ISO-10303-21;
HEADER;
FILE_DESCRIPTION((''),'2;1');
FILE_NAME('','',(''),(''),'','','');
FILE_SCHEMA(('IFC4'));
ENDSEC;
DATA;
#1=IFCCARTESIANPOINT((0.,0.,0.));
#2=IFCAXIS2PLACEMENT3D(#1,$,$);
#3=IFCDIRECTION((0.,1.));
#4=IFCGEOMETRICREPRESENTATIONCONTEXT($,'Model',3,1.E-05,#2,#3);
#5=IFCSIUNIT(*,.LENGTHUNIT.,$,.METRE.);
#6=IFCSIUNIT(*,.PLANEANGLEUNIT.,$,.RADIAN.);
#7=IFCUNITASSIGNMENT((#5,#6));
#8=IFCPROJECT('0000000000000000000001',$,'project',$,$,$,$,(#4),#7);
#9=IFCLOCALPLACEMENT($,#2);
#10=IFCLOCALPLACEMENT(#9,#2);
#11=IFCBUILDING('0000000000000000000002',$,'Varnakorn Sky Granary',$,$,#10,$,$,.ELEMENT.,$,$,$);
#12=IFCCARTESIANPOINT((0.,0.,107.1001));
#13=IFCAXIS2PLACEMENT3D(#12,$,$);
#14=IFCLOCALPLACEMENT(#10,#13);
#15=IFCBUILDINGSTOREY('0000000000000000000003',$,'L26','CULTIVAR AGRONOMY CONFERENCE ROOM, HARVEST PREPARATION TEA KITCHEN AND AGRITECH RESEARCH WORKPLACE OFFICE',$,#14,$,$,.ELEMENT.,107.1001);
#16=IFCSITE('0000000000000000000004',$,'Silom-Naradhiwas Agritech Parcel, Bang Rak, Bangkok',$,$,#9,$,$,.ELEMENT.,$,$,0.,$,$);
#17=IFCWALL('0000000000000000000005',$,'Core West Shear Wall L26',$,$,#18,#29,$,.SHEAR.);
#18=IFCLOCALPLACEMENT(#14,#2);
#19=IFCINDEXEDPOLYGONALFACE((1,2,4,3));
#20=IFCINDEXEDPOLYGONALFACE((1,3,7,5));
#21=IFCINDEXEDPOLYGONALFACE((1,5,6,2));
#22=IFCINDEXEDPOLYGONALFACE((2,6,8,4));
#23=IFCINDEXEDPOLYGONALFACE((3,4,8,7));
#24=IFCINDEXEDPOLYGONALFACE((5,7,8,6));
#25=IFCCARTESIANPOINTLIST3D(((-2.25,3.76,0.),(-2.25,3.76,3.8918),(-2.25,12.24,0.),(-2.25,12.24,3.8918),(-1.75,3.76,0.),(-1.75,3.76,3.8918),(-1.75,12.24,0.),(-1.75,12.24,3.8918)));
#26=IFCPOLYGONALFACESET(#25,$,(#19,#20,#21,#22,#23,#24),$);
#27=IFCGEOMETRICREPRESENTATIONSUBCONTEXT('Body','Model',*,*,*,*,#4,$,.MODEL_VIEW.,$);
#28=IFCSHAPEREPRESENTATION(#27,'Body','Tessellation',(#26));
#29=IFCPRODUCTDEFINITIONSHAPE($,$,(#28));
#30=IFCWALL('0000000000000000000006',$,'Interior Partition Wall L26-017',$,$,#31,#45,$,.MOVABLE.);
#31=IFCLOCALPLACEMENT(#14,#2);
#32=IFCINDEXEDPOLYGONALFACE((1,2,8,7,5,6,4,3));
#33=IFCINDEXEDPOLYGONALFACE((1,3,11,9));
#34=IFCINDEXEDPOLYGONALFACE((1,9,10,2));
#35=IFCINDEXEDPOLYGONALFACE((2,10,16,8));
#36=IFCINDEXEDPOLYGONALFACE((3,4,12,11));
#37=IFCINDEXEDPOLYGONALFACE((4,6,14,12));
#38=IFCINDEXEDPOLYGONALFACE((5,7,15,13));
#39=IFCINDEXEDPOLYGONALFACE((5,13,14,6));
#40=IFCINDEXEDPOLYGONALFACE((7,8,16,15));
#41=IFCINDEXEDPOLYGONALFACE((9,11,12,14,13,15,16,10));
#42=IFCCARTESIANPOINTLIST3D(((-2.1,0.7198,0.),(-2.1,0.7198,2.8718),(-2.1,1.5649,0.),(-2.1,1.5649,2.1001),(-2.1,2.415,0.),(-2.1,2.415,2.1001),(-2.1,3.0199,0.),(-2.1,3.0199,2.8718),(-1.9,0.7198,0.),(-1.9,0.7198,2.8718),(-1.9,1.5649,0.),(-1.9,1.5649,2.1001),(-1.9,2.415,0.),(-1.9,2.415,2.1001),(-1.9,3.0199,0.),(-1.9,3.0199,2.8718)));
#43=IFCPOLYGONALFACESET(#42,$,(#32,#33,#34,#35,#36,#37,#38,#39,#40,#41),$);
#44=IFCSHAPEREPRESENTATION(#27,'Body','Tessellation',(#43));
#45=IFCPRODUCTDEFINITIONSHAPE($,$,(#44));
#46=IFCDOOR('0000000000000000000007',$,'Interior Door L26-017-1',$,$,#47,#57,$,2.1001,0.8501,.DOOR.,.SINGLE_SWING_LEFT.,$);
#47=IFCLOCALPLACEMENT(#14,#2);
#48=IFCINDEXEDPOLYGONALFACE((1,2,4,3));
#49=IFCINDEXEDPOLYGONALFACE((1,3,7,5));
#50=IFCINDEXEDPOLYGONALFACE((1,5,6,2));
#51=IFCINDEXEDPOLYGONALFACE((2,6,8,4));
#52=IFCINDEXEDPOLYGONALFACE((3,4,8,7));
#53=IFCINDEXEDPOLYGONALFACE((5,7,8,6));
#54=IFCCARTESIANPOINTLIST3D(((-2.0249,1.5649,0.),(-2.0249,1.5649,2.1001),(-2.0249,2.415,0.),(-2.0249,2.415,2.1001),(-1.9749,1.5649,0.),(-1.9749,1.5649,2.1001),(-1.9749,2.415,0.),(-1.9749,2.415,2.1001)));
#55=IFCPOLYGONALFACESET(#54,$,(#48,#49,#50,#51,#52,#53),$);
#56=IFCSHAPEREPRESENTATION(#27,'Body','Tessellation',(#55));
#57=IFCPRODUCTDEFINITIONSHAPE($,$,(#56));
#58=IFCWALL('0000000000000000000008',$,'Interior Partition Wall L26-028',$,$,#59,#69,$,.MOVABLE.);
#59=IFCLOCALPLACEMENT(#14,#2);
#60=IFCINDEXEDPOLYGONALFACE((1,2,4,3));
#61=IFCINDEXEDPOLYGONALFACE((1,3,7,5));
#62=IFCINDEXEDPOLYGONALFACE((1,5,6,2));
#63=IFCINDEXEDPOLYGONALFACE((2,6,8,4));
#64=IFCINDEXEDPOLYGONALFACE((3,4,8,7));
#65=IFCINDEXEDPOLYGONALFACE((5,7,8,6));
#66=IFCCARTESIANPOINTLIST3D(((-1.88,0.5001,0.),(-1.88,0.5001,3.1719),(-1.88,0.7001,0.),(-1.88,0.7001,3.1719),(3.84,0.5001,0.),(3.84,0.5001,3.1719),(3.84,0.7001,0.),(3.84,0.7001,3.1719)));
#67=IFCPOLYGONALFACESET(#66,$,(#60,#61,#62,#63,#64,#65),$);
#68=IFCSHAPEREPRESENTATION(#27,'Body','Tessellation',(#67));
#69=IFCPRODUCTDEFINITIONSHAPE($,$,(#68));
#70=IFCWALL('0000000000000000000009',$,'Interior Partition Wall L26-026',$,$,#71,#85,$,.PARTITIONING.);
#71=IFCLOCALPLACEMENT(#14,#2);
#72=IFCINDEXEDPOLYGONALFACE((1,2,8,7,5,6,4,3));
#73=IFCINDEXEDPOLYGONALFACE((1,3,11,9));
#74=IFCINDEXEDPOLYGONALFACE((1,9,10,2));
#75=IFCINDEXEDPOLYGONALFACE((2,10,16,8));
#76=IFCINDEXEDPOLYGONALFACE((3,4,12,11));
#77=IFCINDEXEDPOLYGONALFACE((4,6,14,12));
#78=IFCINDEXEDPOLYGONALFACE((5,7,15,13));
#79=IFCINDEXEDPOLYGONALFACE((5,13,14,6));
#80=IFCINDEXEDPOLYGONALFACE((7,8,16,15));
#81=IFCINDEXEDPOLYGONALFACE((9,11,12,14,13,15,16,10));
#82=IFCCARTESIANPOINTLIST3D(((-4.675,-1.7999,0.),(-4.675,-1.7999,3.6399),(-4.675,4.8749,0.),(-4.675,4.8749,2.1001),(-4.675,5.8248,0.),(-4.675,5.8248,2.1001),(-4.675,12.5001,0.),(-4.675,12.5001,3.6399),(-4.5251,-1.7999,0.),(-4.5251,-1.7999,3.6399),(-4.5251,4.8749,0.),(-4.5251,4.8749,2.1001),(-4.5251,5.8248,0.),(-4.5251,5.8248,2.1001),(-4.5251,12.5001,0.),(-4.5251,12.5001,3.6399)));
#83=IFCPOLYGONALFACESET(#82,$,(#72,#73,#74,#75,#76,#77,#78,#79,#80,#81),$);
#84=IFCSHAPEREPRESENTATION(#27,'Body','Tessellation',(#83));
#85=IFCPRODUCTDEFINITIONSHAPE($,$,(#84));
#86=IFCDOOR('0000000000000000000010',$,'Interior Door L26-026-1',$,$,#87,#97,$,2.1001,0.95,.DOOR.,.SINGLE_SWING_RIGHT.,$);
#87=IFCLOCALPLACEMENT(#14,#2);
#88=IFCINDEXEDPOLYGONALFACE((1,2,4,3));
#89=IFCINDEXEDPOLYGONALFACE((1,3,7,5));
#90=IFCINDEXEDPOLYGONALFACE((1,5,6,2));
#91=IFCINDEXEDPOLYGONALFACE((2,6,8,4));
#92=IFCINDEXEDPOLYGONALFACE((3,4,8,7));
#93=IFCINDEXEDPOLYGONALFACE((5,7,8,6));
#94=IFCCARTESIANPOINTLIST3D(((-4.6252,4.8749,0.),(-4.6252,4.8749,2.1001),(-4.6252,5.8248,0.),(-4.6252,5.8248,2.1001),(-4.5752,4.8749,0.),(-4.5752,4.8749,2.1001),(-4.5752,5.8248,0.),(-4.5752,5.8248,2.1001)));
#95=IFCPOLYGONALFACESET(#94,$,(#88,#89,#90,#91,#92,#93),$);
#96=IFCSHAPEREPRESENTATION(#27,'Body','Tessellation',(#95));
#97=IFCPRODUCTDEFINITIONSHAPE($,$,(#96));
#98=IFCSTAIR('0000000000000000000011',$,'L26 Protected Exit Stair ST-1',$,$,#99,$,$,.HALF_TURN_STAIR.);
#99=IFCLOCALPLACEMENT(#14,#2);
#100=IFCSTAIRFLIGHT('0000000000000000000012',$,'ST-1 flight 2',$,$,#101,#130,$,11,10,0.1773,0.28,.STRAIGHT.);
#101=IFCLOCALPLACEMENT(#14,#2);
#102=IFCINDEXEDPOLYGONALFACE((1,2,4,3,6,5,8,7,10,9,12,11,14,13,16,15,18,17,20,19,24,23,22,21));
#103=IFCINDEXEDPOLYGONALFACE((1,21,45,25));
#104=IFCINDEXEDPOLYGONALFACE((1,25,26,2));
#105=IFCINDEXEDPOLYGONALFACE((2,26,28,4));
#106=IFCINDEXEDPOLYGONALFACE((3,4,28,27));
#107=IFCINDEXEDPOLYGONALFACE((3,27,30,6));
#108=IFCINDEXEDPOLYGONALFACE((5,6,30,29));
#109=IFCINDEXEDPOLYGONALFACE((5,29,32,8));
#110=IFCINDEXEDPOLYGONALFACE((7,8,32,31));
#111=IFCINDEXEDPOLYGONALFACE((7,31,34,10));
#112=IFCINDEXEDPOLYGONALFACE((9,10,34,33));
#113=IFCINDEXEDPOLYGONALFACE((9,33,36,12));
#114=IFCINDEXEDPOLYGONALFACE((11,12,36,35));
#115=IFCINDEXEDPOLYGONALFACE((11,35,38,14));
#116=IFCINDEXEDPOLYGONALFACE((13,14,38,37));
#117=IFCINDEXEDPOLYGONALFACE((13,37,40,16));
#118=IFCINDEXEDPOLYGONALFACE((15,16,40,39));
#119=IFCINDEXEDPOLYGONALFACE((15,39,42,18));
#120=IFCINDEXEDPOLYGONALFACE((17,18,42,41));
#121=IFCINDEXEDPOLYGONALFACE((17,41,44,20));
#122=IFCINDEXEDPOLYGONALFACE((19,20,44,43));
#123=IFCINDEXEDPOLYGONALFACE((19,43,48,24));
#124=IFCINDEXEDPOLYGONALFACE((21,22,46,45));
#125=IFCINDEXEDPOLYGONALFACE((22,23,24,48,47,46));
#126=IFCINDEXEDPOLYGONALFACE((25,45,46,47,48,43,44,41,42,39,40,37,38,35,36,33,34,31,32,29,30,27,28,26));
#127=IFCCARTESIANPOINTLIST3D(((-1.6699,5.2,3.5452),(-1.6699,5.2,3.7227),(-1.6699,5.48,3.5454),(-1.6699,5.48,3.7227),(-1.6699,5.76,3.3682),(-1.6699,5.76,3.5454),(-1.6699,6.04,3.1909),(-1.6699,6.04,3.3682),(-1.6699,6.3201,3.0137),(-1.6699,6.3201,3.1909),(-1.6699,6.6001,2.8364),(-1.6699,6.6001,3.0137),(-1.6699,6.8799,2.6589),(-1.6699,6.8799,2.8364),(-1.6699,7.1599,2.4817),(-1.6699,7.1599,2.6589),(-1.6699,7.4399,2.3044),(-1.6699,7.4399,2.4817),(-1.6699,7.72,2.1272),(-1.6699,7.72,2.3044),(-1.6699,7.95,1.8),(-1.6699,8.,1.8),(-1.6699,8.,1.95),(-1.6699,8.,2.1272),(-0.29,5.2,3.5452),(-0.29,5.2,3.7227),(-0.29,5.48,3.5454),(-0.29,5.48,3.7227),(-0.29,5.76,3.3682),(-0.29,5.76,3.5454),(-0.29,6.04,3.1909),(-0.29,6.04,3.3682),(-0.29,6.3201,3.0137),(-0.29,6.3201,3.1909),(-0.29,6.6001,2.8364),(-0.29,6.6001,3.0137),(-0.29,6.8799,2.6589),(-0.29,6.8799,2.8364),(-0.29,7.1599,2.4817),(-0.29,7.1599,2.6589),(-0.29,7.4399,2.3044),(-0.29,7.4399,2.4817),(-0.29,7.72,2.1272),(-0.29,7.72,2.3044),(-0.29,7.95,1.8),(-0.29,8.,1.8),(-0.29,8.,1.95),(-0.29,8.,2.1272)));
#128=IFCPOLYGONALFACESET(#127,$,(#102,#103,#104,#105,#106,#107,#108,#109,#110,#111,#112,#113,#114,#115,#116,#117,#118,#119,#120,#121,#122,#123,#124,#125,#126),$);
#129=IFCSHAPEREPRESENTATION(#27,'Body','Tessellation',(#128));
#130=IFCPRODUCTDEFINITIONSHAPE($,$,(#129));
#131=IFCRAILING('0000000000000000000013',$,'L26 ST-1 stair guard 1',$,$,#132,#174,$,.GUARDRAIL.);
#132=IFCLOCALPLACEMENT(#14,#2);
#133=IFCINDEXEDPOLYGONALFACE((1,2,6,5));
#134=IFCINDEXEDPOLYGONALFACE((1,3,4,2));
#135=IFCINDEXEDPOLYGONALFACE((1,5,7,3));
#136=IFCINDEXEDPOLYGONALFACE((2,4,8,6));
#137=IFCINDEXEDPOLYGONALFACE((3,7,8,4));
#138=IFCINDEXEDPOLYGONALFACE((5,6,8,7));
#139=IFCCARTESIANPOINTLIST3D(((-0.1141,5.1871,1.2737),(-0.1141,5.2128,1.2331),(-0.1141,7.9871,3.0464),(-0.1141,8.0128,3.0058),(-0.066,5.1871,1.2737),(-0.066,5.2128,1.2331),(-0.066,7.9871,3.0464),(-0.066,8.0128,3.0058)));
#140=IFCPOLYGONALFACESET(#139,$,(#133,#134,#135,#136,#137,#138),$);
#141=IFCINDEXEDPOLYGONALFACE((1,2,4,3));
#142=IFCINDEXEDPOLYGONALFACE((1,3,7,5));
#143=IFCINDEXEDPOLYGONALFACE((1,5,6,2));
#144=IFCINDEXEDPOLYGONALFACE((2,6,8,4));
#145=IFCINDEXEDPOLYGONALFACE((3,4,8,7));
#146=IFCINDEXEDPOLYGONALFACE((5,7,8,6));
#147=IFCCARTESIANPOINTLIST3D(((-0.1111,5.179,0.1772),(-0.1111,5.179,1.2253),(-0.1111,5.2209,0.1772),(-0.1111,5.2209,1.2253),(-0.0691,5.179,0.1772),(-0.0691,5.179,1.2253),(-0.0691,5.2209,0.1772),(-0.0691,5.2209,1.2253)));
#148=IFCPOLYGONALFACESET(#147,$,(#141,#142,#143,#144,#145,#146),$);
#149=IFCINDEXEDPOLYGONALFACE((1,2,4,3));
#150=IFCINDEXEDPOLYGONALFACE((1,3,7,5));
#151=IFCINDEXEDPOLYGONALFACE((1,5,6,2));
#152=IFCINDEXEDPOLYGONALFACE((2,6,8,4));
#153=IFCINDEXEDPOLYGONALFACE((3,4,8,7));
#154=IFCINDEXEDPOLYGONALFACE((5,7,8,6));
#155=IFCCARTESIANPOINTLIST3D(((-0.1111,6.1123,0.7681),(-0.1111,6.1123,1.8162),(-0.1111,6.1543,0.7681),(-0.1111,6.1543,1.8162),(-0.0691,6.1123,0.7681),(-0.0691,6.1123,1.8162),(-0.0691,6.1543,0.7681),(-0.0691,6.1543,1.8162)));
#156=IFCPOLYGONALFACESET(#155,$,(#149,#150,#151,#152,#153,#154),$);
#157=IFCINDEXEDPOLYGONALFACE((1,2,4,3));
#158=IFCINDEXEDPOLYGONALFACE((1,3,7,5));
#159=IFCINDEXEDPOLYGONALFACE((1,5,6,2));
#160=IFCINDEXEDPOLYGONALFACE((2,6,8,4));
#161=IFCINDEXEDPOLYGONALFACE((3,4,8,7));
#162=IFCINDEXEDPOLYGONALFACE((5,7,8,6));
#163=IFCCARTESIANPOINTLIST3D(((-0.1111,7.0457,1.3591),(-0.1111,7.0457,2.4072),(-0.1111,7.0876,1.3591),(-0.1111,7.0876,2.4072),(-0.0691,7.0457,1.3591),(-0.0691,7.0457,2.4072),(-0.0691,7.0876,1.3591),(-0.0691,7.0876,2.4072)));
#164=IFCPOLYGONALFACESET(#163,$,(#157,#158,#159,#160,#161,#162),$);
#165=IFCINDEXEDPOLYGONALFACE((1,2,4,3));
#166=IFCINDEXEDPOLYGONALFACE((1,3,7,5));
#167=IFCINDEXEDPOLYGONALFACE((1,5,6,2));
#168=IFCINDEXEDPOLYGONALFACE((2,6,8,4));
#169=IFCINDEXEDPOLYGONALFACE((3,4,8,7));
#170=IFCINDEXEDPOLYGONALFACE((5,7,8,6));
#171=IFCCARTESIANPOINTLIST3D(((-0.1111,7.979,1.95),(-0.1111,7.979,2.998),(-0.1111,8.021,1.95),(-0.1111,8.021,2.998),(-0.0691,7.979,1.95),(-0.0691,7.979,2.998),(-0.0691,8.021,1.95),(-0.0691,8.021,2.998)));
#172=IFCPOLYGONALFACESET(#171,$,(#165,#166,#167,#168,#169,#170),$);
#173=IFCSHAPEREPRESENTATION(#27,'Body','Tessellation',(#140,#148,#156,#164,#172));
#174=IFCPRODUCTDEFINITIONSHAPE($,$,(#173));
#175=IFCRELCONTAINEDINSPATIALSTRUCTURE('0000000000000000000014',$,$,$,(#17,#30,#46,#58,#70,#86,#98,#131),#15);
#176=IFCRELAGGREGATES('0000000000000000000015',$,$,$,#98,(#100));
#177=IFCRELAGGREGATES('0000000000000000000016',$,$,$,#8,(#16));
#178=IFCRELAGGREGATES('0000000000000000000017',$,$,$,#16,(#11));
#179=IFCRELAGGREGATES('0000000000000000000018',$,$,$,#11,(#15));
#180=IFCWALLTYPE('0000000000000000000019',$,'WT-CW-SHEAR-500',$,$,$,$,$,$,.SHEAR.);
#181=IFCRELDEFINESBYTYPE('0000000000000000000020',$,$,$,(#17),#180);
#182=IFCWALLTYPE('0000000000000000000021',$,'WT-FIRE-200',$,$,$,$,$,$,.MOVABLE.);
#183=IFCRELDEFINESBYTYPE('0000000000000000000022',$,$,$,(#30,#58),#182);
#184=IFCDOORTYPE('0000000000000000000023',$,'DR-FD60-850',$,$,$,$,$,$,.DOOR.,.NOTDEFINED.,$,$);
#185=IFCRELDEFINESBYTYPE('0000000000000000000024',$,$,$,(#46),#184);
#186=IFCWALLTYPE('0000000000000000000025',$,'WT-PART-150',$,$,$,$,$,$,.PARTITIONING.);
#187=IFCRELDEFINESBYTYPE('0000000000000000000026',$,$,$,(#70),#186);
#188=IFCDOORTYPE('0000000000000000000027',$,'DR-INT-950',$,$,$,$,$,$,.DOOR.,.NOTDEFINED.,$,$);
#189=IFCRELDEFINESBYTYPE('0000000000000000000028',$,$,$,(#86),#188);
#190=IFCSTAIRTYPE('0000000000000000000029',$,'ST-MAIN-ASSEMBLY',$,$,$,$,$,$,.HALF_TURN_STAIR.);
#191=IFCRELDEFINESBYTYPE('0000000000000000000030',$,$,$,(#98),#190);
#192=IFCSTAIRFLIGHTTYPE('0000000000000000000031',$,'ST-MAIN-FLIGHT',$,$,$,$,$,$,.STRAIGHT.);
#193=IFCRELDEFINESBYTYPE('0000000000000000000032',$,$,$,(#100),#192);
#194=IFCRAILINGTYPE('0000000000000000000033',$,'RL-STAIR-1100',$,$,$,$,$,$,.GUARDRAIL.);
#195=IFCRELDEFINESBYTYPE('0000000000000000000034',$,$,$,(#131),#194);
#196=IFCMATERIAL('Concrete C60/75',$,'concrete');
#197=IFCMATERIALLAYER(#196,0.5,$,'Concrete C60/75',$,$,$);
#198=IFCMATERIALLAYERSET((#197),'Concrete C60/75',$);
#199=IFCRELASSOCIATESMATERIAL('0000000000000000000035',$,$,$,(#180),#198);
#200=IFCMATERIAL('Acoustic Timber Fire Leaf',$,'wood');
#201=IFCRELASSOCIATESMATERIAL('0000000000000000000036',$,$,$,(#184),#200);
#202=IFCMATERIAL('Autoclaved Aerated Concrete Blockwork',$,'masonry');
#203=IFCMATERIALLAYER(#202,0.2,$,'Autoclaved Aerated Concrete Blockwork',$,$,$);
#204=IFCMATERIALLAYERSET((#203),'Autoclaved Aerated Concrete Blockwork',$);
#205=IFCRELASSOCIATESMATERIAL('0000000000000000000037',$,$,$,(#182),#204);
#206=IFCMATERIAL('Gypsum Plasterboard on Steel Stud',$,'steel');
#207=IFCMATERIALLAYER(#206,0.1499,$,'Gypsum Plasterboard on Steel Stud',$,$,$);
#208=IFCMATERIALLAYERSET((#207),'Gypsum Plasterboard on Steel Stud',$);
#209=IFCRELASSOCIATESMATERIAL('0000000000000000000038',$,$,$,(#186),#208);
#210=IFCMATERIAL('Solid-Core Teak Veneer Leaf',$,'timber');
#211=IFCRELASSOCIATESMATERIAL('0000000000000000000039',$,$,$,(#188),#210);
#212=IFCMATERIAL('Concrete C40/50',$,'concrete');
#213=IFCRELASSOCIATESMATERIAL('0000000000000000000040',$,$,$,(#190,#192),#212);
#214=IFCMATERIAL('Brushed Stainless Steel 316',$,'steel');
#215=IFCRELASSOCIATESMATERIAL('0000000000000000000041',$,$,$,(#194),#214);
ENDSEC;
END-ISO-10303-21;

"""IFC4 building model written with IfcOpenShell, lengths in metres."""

from ifc_helpers import new_model, si_unit, direction, frame, frame_2d, origin, origin_2d, place, context, subcontext, project, spatial, polyline, rectangle, outline, extrude, material, layer, layer_set, type_object, element, fill, aggregate, save


model = new_model("IFC4")

# Units and contexts
model_context = context("Model", 3, precision=1e-05, world=origin(), true_north=direction((0.0, 1.0)))
body_context = subcontext(model_context, "Body", "Model", "MODEL_VIEW")
ifc_project = project(units=[si_unit("LENGTHUNIT", "METRE"), si_unit("PLANEANGLEUNIT", "RADIAN")], contexts=[model_context])

# Site, building, storey
site_placement = place(None, origin())
site = spatial("IfcSite", under=ifc_project, at=site_placement, Name="Silom-Naradhiwas Agritech Parcel, Bang Rak, Bangkok", CompositionType="ELEMENT", RefElevation=0.0)
building_placement = place(site_placement, origin())
building = spatial("IfcBuilding", under=site, at=building_placement, Name="Varnakorn Sky Granary", CompositionType="ELEMENT")
storey_placement = place(building_placement, frame((0.0, 0.0, 107.1001)))
storey = spatial("IfcBuildingStorey", under=building, at=storey_placement, Name="L26", Description="CULTIVAR AGRONOMY CONFERENCE ROOM, HARVEST PREPARATION TEA KITCHEN AND AGRITECH RESEARCH WORKPLACE OFFICE", CompositionType="ELEMENT", Elevation=107.1001)

# Shared definitions
ifc_material_1 = material(Name="Concrete C60/75", Category="concrete")

# Shared definitions
ifc_layer_1 = layer(ifc_material_1, 0.5, Name="Concrete C60/75")
ifc_layer_set_1 = layer_set([ifc_layer_1], Name="Concrete C60/75")
wall_type_1 = type_object("IfcWallType", Name="WT-CW-SHEAR-500", PredefinedType="SHEAR", material=ifc_layer_set_1)

# Shared definitions
ifc_material_2 = material(Name="Acoustic Timber Fire Leaf", Category="wood")
door_type_1 = type_object("IfcDoorType", Name="DR-FD60-850", OperationType="NOTDEFINED", PredefinedType="DOOR", material=ifc_material_2)

# Wall
wall_1_placement = place(storey_placement, frame((-2.0, 3.76, 0.0), z_axis=(0.0, 0.0, 1.0), x_axis=(0.0, 1.0, 0.0)))
element("IfcWall", 1, at=wall_1_placement, inside=storey, type_object=wall_type_1, Name="Core West Shear Wall L26", PredefinedType="SHEAR", context=body_context, shape_type="SweptSolid", body=[
    extrude(rectangle(XDim=8.48, YDim=0.5, at=frame_2d((4.24, 0.0))), origin(), (0.0, 0.0, 1.0), 3.8918),
])

# Wall, opening, door
ifc_material_3 = material(Name="Autoclaved Aerated Concrete Blockwork", Category="masonry")
ifc_layer_2 = layer(ifc_material_3, 0.2, Name="Autoclaved Aerated Concrete Blockwork")
ifc_layer_set_2 = layer_set([ifc_layer_2], Name="Autoclaved Aerated Concrete Blockwork")
wall_type_2 = type_object("IfcWallType", Name="WT-FIRE-200", PredefinedType="MOVABLE", material=ifc_layer_set_2)
wall_2_placement = place(storey_placement, frame((-2.0, 0.72, 0.0), z_axis=(0.0, 0.0, 1.0), x_axis=(0.0, 1.0, 0.0)))
wall_2 = element("IfcWall", 2, at=wall_2_placement, inside=storey, type_object=wall_type_2, Name="Interior Partition Wall L26-017", PredefinedType="MOVABLE", context=body_context, shape_type="SweptSolid", body=[
    extrude(rectangle(XDim=2.3, YDim=0.2, at=frame_2d((1.1499, 0.0))), origin(), (0.0, 0.0, 1.0), 2.8718),
])
opening_1_placement = place(wall_2_placement, frame((0.845, 0.0, 0.0)))
opening_1 = element("IfcOpeningElement", 3, at=opening_1_placement, cuts=wall_2, PredefinedType="OPENING", context=body_context, shape_type="SweptSolid", body=[
    extrude(rectangle(XDim=0.8501, YDim=2.1001, at=frame_2d((0.425, 1.05))), frame((0.0, 0.1099, 0.0), z_axis=(0.0, -1.0, 0.0), x_axis=(1.0, 0.0, 0.0)), (0.0, 0.0, 1.0), 0.22),
])
door_1_placement = place(opening_1_placement, origin())
door_1 = element("IfcDoor", 4, at=door_1_placement, inside=storey, type_object=door_type_1, Name="Interior Door L26-017-1", OperationType="SINGLE_SWING_LEFT", OverallHeight=2.1001, OverallWidth=0.8501, PredefinedType="DOOR", context=body_context, shape_type="SweptSolid", body=[
    extrude(rectangle(XDim=0.8501, YDim=2.1001, at=frame_2d((0.425, 1.05))), frame((0.0, 0.0249, 0.0), z_axis=(0.0, -1.0, 0.0), x_axis=(1.0, 0.0, 0.0)), (0.0, 0.0, 1.0), 0.05),
])
fill(opening_1, door_1)

# Wall
wall_3_placement = place(storey_placement, frame((-1.8799, 0.6001, 0.0), z_axis=(0.0, 0.0, 1.0), x_axis=(1.0, 0.0, 0.0)))
element("IfcWall", 5, at=wall_3_placement, inside=storey, type_object=wall_type_2, Name="Interior Partition Wall L26-028", PredefinedType="MOVABLE", context=body_context, shape_type="SweptSolid", body=[
    extrude(rectangle(XDim=5.72, YDim=0.2, at=frame_2d((2.8599, 0.0))), origin(), (0.0, 0.0, 1.0), 3.1719),
])

# Wall, opening, door
ifc_material_4 = material(Name="Gypsum Plasterboard on Steel Stud", Category="steel")
ifc_layer_3 = layer(ifc_material_4, 0.1499, Name="Gypsum Plasterboard on Steel Stud")
ifc_layer_set_3 = layer_set([ifc_layer_3], Name="Gypsum Plasterboard on Steel Stud")
wall_type_3 = type_object("IfcWallType", Name="WT-PART-150", PredefinedType="PARTITIONING", material=ifc_layer_set_3)
wall_4_placement = place(storey_placement, frame((-4.6001, 12.5, 0.0), z_axis=(0.0, 0.0, 1.0), x_axis=(0.0, -1.0, 0.0)))
wall_4 = element("IfcWall", 6, at=wall_4_placement, inside=storey, type_object=wall_type_3, Name="Interior Partition Wall L26-026", PredefinedType="PARTITIONING", context=body_context, shape_type="SweptSolid", body=[
    extrude(rectangle(XDim=14.3, YDim=0.1499, at=frame_2d((7.1499, 0.0))), origin(), (0.0, 0.0, 1.0), 3.6399),
])
opening_2_placement = place(wall_4_placement, frame((6.675, 0.0, 0.0)))
opening_2 = element("IfcOpeningElement", 7, at=opening_2_placement, cuts=wall_4, PredefinedType="OPENING", context=body_context, shape_type="SweptSolid", body=[
    extrude(rectangle(XDim=0.95, YDim=2.1001, at=frame_2d((0.4751, 1.05))), frame((0.0, 0.085, 0.0), z_axis=(0.0, -1.0, 0.0), x_axis=(1.0, 0.0, 0.0)), (0.0, 0.0, 1.0), 0.1699),
])
ifc_material_5 = material(Name="Solid-Core Teak Veneer Leaf", Category="timber")
door_type_2 = type_object("IfcDoorType", Name="DR-INT-950", OperationType="NOTDEFINED", PredefinedType="DOOR", material=ifc_material_5)
door_2_placement = place(opening_2_placement, origin())
door_2 = element("IfcDoor", 8, at=door_2_placement, inside=storey, type_object=door_type_2, Name="Interior Door L26-026-1", OperationType="SINGLE_SWING_RIGHT", OverallHeight=2.1001, OverallWidth=0.95, PredefinedType="DOOR", context=body_context, shape_type="SweptSolid", body=[
    extrude(rectangle(XDim=0.95, YDim=2.1001, at=frame_2d((0.4751, 1.05))), frame((0.0, 0.0249, 0.0), z_axis=(0.0, -1.0, 0.0), x_axis=(1.0, 0.0, 0.0)), (0.0, 0.0, 1.0), 0.05),
])
fill(opening_2, door_2)

# Stair, stair flight
ifc_material_6 = material(Name="Concrete C40/50", Category="concrete")
stair_type = type_object("IfcStairType", Name="ST-MAIN-ASSEMBLY", PredefinedType="HALF_TURN_STAIR", material=ifc_material_6)
stair_placement = place(storey_placement, origin())
stair = element("IfcStair", 9, at=stair_placement, inside=storey, type_object=stair_type, Name="L26 Protected Exit Stair ST-1", PredefinedType="HALF_TURN_STAIR")
stair_flight_type = type_object("IfcStairFlightType", Name="ST-MAIN-FLIGHT", PredefinedType="STRAIGHT", material=ifc_material_6)
stair_flight_placement = place(storey_placement, frame((-0.98, 8.0, 1.95), z_axis=(0.0, 0.0, 1.0), x_axis=(0.0, -1.0, 0.0)))
stair_flight = element("IfcStairFlight", 10, at=stair_flight_placement, type_object=stair_flight_type, Name="ST-1 flight 2", NumberOfRisers=11, NumberOfTreads=10, PredefinedType="STRAIGHT", RiserHeight=0.1773, TreadLength=0.28, context=body_context, shape_type="SweptSolid", body=[
    extrude(outline(polyline([(0.0, -0.1499), (0.0, 0.0), (0.0, 0.1772), (0.28, 0.1772), (0.28, 0.3545), (0.5601, 0.3545), (0.5601, 0.5317), (0.8401, 0.5317), (0.8401, 0.709), (1.1201, 0.709), (1.1201, 0.8865), (1.3999, 0.8865), (1.3999, 1.0637), (1.6799, 1.0637), (1.6799, 1.241), (1.96, 1.241), (1.96, 1.4182), (2.24, 1.4182), (2.24, 1.5955), (2.52, 1.5955), (2.52, 1.7727), (2.8, 1.7727), (2.8, 1.95), (2.8, 1.5952), (0.05, -0.1499), (0.0, -0.1499)])), frame((0.0, 0.6899, 0.0), z_axis=(0.0, -1.0, 0.0), x_axis=(1.0, 0.0, 0.0)), (0.0, 0.0, 1.0), 1.3799),
])
aggregate(stair, [stair_flight])

# Railing
ifc_material_7 = material(Name="Brushed Stainless Steel 316", Category="steel")
railing_type_1 = type_object("IfcRailingType", Name="RL-STAIR-1100", PredefinedType="GUARDRAIL", material=ifc_material_7)
railing_1_placement = place(storey_placement, frame((-0.0901, 5.2, 0.1772)))
element("IfcRailing", 11, at=railing_1_placement, inside=storey, type_object=railing_type_1, Name="L26 ST-1 stair guard 1", PredefinedType="GUARDRAIL", context=body_context, shape_type="SweptSolid", body=[
    extrude(rectangle(XDim=0.0481, YDim=0.0481, at=origin_2d()), frame((0.0, 0.0, 1.0762), z_axis=(0.0, 0.844909, 0.53491), x_axis=(-1.0, 0.0, 0.0)), (0.0, 0.0, 1.0), 3.314),
    extrude(rectangle(XDim=0.042, YDim=0.042, at=origin_2d()), origin(), (0.0, 0.0, 1.0), 1.0481),
    extrude(rectangle(XDim=0.042, YDim=0.042, at=origin_2d()), frame((0.0, 0.9333, 0.5908)), (0.0, 0.0, 1.0), 1.0481),
    extrude(rectangle(XDim=0.042, YDim=0.042, at=origin_2d()), frame((0.0, 1.8667, 1.1819)), (0.0, 0.0, 1.0), 1.0481),
    extrude(rectangle(XDim=0.042, YDim=0.042, at=origin_2d()), frame((0.0, 2.8, 1.7727)), (0.0, 0.0, 1.0), 1.0481),
])

save(model, "model.ifc")
